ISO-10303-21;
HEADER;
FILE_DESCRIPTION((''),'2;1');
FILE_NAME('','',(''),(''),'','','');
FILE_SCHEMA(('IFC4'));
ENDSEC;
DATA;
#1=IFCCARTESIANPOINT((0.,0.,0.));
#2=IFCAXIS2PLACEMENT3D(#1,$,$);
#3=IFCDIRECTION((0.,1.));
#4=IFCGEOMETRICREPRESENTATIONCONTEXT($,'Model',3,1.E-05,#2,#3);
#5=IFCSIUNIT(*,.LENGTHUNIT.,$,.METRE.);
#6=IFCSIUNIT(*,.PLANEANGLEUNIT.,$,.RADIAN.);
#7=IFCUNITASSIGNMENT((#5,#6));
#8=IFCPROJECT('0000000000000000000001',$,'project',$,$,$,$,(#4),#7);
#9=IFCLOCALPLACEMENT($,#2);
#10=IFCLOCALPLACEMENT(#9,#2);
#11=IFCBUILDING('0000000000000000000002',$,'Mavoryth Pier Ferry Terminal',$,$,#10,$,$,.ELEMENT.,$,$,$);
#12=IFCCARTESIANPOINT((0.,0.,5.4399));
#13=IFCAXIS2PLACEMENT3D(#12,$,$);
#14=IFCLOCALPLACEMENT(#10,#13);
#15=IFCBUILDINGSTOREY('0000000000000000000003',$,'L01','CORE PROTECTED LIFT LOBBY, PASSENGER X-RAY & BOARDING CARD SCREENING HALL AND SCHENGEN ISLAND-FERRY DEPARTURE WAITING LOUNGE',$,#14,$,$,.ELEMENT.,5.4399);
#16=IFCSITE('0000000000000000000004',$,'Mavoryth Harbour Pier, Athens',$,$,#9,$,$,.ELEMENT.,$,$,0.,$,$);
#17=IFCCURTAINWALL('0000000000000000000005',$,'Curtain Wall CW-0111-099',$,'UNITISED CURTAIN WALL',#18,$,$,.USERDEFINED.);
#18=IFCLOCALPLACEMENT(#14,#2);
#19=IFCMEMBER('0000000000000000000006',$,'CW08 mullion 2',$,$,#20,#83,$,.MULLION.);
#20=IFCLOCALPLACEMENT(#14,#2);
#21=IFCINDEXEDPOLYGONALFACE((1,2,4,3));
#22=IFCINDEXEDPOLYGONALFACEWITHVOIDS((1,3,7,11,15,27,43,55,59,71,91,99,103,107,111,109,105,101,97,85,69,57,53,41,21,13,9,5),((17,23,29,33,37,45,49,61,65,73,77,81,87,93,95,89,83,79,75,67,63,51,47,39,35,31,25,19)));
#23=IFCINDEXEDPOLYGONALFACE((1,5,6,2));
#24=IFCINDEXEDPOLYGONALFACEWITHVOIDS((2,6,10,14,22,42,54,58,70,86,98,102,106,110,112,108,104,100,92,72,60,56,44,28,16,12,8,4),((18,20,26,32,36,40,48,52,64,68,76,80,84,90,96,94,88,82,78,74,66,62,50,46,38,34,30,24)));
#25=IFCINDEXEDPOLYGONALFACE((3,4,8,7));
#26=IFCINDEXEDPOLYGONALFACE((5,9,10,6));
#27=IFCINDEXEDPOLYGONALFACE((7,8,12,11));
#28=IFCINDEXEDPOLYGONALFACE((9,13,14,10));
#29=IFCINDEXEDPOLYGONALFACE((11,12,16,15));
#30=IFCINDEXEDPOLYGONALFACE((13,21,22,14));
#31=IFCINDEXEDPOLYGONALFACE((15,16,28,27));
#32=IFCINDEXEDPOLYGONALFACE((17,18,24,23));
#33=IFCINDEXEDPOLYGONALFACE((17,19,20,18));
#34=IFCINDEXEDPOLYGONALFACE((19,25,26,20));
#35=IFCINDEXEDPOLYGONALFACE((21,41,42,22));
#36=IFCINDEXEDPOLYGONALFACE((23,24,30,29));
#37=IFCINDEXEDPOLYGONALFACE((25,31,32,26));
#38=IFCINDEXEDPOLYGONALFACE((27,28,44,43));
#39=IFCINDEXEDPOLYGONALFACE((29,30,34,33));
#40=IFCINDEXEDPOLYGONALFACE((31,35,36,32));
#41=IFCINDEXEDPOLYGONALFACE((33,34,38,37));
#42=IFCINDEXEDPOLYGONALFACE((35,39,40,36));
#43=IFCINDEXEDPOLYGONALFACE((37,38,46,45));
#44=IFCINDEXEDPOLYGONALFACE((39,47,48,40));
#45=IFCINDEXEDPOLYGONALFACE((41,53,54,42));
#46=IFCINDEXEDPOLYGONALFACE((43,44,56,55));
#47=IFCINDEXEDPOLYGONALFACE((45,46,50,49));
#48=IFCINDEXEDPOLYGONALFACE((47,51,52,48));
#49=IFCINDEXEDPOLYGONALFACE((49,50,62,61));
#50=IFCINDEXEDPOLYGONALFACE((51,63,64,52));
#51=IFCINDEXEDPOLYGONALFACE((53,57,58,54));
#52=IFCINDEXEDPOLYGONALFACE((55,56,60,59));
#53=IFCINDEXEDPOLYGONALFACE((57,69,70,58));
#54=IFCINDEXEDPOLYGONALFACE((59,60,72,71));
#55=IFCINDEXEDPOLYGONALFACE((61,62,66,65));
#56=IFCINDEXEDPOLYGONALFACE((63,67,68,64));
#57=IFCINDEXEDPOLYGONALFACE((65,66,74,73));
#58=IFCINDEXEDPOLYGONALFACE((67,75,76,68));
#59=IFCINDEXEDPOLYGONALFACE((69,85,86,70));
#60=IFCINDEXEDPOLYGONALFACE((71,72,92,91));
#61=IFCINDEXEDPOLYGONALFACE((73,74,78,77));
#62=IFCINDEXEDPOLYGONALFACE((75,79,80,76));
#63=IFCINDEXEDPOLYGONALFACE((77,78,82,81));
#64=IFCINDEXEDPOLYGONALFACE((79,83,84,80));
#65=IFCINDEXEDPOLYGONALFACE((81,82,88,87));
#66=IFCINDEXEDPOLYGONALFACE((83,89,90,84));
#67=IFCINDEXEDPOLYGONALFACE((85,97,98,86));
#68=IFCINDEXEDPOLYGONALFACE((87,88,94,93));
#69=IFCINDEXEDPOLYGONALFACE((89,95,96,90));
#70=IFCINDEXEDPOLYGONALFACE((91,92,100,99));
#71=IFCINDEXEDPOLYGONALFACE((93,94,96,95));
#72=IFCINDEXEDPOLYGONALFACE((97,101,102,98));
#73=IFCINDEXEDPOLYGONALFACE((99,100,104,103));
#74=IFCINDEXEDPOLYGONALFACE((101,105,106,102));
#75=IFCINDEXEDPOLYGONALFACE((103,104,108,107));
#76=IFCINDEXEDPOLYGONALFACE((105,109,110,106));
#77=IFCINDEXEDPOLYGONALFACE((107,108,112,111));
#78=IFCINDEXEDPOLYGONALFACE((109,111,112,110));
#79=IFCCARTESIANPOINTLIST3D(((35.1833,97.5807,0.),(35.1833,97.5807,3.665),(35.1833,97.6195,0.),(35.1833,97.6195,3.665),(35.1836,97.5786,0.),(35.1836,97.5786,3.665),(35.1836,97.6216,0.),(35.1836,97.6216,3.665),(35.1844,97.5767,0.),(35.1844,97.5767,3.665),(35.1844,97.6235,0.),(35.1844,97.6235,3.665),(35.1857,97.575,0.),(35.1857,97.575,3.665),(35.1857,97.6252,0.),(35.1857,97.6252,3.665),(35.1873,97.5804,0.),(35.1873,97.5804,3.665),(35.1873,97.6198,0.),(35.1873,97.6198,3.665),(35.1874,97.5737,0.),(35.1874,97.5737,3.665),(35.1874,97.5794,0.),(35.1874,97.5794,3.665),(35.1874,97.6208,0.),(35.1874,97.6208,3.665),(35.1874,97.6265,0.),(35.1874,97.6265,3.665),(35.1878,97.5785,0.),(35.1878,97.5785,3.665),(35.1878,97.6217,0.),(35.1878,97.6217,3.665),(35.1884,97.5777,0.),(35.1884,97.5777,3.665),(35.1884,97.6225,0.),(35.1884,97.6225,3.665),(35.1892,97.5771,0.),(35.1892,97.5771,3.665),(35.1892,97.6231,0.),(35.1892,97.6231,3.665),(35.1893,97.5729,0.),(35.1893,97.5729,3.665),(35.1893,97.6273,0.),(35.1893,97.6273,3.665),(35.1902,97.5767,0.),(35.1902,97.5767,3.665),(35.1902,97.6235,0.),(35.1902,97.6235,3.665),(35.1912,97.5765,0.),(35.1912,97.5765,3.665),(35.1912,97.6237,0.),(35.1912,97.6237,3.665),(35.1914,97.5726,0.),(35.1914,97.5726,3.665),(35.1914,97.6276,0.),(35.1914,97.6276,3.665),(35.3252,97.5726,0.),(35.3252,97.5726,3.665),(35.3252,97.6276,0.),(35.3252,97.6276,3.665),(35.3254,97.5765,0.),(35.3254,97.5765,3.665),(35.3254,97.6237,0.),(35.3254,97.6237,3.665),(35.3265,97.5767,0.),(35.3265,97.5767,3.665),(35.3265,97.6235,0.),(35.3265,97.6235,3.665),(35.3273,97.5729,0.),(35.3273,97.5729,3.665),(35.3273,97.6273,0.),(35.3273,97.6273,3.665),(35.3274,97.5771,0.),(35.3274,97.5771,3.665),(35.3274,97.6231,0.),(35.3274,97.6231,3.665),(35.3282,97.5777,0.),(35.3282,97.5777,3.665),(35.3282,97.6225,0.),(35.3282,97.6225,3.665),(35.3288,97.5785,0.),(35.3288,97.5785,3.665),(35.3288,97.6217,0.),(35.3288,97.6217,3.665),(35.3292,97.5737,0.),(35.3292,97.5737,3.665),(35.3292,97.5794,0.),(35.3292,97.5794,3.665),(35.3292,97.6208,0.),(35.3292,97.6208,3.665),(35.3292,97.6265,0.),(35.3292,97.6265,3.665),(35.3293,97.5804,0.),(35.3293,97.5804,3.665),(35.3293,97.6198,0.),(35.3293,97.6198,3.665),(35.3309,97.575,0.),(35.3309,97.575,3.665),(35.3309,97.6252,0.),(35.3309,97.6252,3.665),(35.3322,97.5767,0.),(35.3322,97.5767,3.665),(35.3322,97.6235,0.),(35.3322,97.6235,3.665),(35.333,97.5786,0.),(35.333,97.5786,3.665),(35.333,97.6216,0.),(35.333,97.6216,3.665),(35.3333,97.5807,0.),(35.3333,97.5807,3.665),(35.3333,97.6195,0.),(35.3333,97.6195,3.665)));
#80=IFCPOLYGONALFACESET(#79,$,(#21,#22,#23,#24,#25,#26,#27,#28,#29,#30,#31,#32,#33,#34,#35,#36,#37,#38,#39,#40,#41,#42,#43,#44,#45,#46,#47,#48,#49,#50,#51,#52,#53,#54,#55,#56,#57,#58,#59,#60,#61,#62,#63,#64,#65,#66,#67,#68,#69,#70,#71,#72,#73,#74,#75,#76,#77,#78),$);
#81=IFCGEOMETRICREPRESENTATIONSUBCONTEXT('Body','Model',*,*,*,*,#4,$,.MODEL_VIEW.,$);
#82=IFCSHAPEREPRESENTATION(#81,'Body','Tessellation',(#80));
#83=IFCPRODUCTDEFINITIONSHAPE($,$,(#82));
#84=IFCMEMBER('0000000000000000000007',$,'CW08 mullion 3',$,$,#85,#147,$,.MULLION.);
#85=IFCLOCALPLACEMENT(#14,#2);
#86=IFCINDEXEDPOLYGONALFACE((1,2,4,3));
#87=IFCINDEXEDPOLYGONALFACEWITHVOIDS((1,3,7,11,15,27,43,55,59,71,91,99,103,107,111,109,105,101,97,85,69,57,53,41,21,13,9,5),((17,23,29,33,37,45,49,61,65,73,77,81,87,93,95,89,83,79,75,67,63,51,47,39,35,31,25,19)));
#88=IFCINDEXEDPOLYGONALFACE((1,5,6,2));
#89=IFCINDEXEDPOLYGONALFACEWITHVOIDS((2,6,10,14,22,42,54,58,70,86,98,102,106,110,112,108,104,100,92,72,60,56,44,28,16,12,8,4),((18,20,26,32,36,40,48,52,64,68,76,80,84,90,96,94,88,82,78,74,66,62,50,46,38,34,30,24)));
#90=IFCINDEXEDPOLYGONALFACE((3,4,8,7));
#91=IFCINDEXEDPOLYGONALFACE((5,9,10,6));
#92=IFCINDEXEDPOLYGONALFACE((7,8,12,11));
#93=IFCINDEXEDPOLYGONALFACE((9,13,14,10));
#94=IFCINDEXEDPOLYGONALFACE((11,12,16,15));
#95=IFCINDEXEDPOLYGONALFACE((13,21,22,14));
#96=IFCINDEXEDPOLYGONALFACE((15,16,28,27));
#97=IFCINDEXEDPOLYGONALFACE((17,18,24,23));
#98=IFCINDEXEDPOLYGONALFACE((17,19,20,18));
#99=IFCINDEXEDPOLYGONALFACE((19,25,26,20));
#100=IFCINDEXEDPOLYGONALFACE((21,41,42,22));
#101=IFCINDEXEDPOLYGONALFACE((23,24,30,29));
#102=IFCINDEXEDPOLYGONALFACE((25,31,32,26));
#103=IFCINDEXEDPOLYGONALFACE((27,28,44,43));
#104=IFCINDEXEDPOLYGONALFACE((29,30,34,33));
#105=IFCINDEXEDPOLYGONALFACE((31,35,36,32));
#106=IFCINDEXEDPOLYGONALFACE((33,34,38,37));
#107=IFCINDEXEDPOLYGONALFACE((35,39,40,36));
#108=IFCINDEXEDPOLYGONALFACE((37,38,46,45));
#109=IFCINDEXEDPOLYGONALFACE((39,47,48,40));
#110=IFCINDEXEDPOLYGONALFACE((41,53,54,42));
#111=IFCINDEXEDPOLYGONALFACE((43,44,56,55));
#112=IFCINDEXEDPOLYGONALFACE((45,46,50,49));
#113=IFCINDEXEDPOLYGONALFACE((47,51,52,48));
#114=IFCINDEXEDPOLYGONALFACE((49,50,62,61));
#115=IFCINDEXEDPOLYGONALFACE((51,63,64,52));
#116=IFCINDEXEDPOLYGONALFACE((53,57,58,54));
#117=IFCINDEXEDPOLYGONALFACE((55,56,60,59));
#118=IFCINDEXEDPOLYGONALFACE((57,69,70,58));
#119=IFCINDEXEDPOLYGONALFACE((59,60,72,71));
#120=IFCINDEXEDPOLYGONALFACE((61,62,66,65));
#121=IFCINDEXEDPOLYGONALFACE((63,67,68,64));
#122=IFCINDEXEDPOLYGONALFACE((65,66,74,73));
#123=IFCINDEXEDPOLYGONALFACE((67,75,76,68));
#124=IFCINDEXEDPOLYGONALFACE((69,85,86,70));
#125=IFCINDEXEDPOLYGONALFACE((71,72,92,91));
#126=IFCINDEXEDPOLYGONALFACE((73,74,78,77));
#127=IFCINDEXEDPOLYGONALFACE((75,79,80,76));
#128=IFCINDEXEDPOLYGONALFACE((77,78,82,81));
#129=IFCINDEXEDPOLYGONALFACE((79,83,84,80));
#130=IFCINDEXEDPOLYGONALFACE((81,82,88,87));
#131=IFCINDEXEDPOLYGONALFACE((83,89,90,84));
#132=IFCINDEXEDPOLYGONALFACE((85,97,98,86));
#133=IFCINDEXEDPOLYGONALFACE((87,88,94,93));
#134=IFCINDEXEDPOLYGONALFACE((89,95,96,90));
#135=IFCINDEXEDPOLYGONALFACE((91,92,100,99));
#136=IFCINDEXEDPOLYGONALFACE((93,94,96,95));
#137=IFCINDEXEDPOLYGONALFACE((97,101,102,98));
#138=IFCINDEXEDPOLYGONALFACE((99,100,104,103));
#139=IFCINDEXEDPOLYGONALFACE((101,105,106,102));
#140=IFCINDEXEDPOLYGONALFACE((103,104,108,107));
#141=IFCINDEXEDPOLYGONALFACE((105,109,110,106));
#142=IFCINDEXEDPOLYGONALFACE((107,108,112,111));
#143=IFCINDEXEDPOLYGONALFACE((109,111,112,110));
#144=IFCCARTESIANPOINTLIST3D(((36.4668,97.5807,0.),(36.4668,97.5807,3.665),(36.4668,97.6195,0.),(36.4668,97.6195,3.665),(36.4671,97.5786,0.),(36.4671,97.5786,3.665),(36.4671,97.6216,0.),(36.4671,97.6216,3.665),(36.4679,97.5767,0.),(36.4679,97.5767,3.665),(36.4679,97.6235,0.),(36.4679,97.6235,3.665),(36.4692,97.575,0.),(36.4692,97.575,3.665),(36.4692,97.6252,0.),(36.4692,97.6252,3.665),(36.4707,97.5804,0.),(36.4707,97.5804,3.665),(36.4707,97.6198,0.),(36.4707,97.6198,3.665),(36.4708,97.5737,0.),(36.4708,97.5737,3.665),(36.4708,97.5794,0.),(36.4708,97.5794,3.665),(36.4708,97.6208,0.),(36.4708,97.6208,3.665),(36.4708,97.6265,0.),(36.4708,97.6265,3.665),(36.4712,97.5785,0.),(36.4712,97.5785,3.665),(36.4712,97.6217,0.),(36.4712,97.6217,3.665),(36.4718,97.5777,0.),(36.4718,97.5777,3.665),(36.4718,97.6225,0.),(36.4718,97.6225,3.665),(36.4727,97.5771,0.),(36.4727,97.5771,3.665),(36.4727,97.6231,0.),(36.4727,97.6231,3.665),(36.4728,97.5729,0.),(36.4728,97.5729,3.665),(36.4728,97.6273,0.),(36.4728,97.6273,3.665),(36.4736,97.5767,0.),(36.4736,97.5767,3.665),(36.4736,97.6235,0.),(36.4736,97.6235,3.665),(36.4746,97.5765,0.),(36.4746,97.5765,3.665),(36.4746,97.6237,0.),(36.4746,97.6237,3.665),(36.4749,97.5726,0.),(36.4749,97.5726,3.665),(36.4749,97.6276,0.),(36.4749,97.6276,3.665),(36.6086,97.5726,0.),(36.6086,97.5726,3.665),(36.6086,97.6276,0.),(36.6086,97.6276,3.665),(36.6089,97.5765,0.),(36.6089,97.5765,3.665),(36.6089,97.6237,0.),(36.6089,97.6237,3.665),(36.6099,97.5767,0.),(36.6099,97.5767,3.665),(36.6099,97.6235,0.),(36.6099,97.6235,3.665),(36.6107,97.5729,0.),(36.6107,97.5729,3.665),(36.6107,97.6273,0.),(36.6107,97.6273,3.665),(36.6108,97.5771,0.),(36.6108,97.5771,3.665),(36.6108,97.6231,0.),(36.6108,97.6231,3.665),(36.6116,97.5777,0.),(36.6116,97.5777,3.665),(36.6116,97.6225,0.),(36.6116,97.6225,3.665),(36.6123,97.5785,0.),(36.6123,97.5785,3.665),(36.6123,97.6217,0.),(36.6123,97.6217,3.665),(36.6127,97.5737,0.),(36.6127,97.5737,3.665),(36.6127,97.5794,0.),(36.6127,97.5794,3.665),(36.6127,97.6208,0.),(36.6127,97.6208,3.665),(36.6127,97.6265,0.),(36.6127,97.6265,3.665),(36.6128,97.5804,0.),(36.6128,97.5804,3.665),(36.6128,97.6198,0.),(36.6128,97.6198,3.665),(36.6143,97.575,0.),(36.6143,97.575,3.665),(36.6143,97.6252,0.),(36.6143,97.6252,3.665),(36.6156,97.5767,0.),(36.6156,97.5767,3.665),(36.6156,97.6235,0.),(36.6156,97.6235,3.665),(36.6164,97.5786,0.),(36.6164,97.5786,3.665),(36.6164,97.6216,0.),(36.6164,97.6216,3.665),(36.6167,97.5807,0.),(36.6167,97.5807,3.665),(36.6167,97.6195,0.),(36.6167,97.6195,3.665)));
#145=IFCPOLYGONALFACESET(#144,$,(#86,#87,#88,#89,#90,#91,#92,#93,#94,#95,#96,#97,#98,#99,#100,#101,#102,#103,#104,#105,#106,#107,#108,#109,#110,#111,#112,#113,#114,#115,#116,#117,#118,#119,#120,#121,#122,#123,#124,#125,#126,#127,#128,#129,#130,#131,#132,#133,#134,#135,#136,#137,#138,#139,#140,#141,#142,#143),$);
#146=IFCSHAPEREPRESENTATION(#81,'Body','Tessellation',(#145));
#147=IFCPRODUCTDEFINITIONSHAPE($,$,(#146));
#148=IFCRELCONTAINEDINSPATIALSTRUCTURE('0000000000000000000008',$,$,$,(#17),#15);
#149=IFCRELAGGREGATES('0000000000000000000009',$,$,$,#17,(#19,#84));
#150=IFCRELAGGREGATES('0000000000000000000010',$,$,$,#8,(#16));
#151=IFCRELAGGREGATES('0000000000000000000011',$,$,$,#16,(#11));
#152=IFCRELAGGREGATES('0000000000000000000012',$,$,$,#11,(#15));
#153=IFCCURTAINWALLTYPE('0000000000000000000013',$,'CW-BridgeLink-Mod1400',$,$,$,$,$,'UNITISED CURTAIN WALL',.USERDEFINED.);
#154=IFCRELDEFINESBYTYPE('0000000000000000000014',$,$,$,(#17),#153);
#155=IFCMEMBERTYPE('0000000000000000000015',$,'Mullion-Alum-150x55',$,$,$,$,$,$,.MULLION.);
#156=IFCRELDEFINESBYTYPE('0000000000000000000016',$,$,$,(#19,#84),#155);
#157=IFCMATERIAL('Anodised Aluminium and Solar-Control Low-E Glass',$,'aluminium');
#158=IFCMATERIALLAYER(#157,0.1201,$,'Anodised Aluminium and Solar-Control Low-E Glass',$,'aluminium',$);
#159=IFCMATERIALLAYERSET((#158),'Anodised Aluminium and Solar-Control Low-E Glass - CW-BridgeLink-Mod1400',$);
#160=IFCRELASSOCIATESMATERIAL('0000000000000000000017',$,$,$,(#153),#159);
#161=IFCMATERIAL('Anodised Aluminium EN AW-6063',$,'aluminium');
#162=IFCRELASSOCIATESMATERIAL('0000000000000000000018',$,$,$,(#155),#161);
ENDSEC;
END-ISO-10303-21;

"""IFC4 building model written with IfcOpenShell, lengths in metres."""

from ifc_helpers import new_model, si_unit, direction, frame, origin, origin_2d, place, context, subcontext, project, spatial, hollow_rectangle, extrude, material, layer, layer_set, material_profile, profile_set, type_object, element, aggregate, save


model = new_model("IFC4")

# Units and contexts
model_context = context("Model", 3, precision=1e-05, world=origin(), true_north=direction((0.0, 1.0)))
body_context = subcontext(model_context, "Body", "Model", "MODEL_VIEW")
ifc_project = project(units=[si_unit("LENGTHUNIT", "METRE"), si_unit("PLANEANGLEUNIT", "RADIAN")], contexts=[model_context])

# Site, building, storey
site_placement = place(None, origin())
site = spatial("IfcSite", under=ifc_project, at=site_placement, Name="Mavoryth Harbour Pier, Athens", CompositionType="ELEMENT", RefElevation=0.0)
building_placement = place(site_placement, origin())
building = spatial("IfcBuilding", under=site, at=building_placement, Name="Mavoryth Pier Ferry Terminal", CompositionType="ELEMENT")
storey_placement = place(building_placement, frame((0.0, 0.0, 5.4399)))
storey = spatial("IfcBuildingStorey", under=building, at=storey_placement, Name="L01", Description="CORE PROTECTED LIFT LOBBY, PASSENGER X-RAY & BOARDING CARD SCREENING HALL AND SCHENGEN ISLAND-FERRY DEPARTURE WAITING LOUNGE", CompositionType="ELEMENT", Elevation=5.4399)

# Shared definitions
ifc_material_1 = material(Name="Anodised Aluminium and Solar-Control Low-E Glass", Category="aluminium")
ifc_layer_1 = layer(ifc_material_1, 0.1201, Name="Anodised Aluminium and Solar-Control Low-E Glass", Category="aluminium")
ifc_layer_set_1 = layer_set([ifc_layer_1], Name="Anodised Aluminium and Solar-Control Low-E Glass - CW-BridgeLink-Mod1400")
curtain_wall_type = type_object("IfcCurtainWallType", Name="CW-BridgeLink-Mod1400", ElementType="UNITISED CURTAIN WALL", PredefinedType="USERDEFINED", material=ifc_layer_set_1)
ifc_material_2 = material(Name="Anodised Aluminium EN AW-6063", Category="aluminium")
ifc_material_profile_1 = material_profile(ifc_material_2, hollow_rectangle(XDim=0.0549, YDim=0.1499, WallThickness=0.0039, InnerFilletRadius=0.0039, OuterFilletRadius=0.0081, at=origin_2d()), Name="AL-MULL 150x55x4", Category="aluminium")
ifc_profile_set_1 = profile_set([ifc_material_profile_1], Name="Anodised Aluminium EN AW-6063 - AL-MULL 150x55x4")
member_type_1 = type_object("IfcMemberType", Name="Mullion-Alum-150x55", PredefinedType="MULLION", material=ifc_profile_set_1)

# Curtain wall, members
curtain_wall_1_placement = place(storey_placement, origin())
curtain_wall_1 = element("IfcCurtainWall", 1, at=curtain_wall_1_placement, inside=storey, type_object=curtain_wall_type, Name="Curtain Wall CW-0111-099", ObjectType="UNITISED CURTAIN WALL", PredefinedType="USERDEFINED")
member_1_placement = place(storey_placement, frame((35.2583, 97.6001, 0.0), z_axis=(0.0, 0.0, 1.0), x_axis=(0.0, 1.0, 0.0)))
member_1 = element("IfcMember", 2, at=member_1_placement, type_object=member_type_1, Name="CW08 mullion 2", PredefinedType="MULLION", context=body_context, shape_type="SweptSolid", body=[
    extrude(hollow_rectangle(XDim=0.0549, YDim=0.1499, WallThickness=0.0039, InnerFilletRadius=0.0039, OuterFilletRadius=0.0081, at=origin_2d()), origin(), (0.0, 0.0, 1.0), 3.665),
])
member_2_placement = place(storey_placement, frame((36.5417, 97.6001, 0.0), z_axis=(0.0, 0.0, 1.0), x_axis=(0.0, 1.0, 0.0)))
member_2 = element("IfcMember", 3, at=member_2_placement, type_object=member_type_1, Name="CW08 mullion 3", PredefinedType="MULLION", context=body_context, shape_type="SweptSolid", body=[
    extrude(hollow_rectangle(XDim=0.0549, YDim=0.1499, WallThickness=0.0039, InnerFilletRadius=0.0039, OuterFilletRadius=0.0081, at=origin_2d()), origin(), (0.0, 0.0, 1.0), 3.665),
])

aggregate(curtain_wall_1, [member_1, member_2])

save(model, "model.ifc")
